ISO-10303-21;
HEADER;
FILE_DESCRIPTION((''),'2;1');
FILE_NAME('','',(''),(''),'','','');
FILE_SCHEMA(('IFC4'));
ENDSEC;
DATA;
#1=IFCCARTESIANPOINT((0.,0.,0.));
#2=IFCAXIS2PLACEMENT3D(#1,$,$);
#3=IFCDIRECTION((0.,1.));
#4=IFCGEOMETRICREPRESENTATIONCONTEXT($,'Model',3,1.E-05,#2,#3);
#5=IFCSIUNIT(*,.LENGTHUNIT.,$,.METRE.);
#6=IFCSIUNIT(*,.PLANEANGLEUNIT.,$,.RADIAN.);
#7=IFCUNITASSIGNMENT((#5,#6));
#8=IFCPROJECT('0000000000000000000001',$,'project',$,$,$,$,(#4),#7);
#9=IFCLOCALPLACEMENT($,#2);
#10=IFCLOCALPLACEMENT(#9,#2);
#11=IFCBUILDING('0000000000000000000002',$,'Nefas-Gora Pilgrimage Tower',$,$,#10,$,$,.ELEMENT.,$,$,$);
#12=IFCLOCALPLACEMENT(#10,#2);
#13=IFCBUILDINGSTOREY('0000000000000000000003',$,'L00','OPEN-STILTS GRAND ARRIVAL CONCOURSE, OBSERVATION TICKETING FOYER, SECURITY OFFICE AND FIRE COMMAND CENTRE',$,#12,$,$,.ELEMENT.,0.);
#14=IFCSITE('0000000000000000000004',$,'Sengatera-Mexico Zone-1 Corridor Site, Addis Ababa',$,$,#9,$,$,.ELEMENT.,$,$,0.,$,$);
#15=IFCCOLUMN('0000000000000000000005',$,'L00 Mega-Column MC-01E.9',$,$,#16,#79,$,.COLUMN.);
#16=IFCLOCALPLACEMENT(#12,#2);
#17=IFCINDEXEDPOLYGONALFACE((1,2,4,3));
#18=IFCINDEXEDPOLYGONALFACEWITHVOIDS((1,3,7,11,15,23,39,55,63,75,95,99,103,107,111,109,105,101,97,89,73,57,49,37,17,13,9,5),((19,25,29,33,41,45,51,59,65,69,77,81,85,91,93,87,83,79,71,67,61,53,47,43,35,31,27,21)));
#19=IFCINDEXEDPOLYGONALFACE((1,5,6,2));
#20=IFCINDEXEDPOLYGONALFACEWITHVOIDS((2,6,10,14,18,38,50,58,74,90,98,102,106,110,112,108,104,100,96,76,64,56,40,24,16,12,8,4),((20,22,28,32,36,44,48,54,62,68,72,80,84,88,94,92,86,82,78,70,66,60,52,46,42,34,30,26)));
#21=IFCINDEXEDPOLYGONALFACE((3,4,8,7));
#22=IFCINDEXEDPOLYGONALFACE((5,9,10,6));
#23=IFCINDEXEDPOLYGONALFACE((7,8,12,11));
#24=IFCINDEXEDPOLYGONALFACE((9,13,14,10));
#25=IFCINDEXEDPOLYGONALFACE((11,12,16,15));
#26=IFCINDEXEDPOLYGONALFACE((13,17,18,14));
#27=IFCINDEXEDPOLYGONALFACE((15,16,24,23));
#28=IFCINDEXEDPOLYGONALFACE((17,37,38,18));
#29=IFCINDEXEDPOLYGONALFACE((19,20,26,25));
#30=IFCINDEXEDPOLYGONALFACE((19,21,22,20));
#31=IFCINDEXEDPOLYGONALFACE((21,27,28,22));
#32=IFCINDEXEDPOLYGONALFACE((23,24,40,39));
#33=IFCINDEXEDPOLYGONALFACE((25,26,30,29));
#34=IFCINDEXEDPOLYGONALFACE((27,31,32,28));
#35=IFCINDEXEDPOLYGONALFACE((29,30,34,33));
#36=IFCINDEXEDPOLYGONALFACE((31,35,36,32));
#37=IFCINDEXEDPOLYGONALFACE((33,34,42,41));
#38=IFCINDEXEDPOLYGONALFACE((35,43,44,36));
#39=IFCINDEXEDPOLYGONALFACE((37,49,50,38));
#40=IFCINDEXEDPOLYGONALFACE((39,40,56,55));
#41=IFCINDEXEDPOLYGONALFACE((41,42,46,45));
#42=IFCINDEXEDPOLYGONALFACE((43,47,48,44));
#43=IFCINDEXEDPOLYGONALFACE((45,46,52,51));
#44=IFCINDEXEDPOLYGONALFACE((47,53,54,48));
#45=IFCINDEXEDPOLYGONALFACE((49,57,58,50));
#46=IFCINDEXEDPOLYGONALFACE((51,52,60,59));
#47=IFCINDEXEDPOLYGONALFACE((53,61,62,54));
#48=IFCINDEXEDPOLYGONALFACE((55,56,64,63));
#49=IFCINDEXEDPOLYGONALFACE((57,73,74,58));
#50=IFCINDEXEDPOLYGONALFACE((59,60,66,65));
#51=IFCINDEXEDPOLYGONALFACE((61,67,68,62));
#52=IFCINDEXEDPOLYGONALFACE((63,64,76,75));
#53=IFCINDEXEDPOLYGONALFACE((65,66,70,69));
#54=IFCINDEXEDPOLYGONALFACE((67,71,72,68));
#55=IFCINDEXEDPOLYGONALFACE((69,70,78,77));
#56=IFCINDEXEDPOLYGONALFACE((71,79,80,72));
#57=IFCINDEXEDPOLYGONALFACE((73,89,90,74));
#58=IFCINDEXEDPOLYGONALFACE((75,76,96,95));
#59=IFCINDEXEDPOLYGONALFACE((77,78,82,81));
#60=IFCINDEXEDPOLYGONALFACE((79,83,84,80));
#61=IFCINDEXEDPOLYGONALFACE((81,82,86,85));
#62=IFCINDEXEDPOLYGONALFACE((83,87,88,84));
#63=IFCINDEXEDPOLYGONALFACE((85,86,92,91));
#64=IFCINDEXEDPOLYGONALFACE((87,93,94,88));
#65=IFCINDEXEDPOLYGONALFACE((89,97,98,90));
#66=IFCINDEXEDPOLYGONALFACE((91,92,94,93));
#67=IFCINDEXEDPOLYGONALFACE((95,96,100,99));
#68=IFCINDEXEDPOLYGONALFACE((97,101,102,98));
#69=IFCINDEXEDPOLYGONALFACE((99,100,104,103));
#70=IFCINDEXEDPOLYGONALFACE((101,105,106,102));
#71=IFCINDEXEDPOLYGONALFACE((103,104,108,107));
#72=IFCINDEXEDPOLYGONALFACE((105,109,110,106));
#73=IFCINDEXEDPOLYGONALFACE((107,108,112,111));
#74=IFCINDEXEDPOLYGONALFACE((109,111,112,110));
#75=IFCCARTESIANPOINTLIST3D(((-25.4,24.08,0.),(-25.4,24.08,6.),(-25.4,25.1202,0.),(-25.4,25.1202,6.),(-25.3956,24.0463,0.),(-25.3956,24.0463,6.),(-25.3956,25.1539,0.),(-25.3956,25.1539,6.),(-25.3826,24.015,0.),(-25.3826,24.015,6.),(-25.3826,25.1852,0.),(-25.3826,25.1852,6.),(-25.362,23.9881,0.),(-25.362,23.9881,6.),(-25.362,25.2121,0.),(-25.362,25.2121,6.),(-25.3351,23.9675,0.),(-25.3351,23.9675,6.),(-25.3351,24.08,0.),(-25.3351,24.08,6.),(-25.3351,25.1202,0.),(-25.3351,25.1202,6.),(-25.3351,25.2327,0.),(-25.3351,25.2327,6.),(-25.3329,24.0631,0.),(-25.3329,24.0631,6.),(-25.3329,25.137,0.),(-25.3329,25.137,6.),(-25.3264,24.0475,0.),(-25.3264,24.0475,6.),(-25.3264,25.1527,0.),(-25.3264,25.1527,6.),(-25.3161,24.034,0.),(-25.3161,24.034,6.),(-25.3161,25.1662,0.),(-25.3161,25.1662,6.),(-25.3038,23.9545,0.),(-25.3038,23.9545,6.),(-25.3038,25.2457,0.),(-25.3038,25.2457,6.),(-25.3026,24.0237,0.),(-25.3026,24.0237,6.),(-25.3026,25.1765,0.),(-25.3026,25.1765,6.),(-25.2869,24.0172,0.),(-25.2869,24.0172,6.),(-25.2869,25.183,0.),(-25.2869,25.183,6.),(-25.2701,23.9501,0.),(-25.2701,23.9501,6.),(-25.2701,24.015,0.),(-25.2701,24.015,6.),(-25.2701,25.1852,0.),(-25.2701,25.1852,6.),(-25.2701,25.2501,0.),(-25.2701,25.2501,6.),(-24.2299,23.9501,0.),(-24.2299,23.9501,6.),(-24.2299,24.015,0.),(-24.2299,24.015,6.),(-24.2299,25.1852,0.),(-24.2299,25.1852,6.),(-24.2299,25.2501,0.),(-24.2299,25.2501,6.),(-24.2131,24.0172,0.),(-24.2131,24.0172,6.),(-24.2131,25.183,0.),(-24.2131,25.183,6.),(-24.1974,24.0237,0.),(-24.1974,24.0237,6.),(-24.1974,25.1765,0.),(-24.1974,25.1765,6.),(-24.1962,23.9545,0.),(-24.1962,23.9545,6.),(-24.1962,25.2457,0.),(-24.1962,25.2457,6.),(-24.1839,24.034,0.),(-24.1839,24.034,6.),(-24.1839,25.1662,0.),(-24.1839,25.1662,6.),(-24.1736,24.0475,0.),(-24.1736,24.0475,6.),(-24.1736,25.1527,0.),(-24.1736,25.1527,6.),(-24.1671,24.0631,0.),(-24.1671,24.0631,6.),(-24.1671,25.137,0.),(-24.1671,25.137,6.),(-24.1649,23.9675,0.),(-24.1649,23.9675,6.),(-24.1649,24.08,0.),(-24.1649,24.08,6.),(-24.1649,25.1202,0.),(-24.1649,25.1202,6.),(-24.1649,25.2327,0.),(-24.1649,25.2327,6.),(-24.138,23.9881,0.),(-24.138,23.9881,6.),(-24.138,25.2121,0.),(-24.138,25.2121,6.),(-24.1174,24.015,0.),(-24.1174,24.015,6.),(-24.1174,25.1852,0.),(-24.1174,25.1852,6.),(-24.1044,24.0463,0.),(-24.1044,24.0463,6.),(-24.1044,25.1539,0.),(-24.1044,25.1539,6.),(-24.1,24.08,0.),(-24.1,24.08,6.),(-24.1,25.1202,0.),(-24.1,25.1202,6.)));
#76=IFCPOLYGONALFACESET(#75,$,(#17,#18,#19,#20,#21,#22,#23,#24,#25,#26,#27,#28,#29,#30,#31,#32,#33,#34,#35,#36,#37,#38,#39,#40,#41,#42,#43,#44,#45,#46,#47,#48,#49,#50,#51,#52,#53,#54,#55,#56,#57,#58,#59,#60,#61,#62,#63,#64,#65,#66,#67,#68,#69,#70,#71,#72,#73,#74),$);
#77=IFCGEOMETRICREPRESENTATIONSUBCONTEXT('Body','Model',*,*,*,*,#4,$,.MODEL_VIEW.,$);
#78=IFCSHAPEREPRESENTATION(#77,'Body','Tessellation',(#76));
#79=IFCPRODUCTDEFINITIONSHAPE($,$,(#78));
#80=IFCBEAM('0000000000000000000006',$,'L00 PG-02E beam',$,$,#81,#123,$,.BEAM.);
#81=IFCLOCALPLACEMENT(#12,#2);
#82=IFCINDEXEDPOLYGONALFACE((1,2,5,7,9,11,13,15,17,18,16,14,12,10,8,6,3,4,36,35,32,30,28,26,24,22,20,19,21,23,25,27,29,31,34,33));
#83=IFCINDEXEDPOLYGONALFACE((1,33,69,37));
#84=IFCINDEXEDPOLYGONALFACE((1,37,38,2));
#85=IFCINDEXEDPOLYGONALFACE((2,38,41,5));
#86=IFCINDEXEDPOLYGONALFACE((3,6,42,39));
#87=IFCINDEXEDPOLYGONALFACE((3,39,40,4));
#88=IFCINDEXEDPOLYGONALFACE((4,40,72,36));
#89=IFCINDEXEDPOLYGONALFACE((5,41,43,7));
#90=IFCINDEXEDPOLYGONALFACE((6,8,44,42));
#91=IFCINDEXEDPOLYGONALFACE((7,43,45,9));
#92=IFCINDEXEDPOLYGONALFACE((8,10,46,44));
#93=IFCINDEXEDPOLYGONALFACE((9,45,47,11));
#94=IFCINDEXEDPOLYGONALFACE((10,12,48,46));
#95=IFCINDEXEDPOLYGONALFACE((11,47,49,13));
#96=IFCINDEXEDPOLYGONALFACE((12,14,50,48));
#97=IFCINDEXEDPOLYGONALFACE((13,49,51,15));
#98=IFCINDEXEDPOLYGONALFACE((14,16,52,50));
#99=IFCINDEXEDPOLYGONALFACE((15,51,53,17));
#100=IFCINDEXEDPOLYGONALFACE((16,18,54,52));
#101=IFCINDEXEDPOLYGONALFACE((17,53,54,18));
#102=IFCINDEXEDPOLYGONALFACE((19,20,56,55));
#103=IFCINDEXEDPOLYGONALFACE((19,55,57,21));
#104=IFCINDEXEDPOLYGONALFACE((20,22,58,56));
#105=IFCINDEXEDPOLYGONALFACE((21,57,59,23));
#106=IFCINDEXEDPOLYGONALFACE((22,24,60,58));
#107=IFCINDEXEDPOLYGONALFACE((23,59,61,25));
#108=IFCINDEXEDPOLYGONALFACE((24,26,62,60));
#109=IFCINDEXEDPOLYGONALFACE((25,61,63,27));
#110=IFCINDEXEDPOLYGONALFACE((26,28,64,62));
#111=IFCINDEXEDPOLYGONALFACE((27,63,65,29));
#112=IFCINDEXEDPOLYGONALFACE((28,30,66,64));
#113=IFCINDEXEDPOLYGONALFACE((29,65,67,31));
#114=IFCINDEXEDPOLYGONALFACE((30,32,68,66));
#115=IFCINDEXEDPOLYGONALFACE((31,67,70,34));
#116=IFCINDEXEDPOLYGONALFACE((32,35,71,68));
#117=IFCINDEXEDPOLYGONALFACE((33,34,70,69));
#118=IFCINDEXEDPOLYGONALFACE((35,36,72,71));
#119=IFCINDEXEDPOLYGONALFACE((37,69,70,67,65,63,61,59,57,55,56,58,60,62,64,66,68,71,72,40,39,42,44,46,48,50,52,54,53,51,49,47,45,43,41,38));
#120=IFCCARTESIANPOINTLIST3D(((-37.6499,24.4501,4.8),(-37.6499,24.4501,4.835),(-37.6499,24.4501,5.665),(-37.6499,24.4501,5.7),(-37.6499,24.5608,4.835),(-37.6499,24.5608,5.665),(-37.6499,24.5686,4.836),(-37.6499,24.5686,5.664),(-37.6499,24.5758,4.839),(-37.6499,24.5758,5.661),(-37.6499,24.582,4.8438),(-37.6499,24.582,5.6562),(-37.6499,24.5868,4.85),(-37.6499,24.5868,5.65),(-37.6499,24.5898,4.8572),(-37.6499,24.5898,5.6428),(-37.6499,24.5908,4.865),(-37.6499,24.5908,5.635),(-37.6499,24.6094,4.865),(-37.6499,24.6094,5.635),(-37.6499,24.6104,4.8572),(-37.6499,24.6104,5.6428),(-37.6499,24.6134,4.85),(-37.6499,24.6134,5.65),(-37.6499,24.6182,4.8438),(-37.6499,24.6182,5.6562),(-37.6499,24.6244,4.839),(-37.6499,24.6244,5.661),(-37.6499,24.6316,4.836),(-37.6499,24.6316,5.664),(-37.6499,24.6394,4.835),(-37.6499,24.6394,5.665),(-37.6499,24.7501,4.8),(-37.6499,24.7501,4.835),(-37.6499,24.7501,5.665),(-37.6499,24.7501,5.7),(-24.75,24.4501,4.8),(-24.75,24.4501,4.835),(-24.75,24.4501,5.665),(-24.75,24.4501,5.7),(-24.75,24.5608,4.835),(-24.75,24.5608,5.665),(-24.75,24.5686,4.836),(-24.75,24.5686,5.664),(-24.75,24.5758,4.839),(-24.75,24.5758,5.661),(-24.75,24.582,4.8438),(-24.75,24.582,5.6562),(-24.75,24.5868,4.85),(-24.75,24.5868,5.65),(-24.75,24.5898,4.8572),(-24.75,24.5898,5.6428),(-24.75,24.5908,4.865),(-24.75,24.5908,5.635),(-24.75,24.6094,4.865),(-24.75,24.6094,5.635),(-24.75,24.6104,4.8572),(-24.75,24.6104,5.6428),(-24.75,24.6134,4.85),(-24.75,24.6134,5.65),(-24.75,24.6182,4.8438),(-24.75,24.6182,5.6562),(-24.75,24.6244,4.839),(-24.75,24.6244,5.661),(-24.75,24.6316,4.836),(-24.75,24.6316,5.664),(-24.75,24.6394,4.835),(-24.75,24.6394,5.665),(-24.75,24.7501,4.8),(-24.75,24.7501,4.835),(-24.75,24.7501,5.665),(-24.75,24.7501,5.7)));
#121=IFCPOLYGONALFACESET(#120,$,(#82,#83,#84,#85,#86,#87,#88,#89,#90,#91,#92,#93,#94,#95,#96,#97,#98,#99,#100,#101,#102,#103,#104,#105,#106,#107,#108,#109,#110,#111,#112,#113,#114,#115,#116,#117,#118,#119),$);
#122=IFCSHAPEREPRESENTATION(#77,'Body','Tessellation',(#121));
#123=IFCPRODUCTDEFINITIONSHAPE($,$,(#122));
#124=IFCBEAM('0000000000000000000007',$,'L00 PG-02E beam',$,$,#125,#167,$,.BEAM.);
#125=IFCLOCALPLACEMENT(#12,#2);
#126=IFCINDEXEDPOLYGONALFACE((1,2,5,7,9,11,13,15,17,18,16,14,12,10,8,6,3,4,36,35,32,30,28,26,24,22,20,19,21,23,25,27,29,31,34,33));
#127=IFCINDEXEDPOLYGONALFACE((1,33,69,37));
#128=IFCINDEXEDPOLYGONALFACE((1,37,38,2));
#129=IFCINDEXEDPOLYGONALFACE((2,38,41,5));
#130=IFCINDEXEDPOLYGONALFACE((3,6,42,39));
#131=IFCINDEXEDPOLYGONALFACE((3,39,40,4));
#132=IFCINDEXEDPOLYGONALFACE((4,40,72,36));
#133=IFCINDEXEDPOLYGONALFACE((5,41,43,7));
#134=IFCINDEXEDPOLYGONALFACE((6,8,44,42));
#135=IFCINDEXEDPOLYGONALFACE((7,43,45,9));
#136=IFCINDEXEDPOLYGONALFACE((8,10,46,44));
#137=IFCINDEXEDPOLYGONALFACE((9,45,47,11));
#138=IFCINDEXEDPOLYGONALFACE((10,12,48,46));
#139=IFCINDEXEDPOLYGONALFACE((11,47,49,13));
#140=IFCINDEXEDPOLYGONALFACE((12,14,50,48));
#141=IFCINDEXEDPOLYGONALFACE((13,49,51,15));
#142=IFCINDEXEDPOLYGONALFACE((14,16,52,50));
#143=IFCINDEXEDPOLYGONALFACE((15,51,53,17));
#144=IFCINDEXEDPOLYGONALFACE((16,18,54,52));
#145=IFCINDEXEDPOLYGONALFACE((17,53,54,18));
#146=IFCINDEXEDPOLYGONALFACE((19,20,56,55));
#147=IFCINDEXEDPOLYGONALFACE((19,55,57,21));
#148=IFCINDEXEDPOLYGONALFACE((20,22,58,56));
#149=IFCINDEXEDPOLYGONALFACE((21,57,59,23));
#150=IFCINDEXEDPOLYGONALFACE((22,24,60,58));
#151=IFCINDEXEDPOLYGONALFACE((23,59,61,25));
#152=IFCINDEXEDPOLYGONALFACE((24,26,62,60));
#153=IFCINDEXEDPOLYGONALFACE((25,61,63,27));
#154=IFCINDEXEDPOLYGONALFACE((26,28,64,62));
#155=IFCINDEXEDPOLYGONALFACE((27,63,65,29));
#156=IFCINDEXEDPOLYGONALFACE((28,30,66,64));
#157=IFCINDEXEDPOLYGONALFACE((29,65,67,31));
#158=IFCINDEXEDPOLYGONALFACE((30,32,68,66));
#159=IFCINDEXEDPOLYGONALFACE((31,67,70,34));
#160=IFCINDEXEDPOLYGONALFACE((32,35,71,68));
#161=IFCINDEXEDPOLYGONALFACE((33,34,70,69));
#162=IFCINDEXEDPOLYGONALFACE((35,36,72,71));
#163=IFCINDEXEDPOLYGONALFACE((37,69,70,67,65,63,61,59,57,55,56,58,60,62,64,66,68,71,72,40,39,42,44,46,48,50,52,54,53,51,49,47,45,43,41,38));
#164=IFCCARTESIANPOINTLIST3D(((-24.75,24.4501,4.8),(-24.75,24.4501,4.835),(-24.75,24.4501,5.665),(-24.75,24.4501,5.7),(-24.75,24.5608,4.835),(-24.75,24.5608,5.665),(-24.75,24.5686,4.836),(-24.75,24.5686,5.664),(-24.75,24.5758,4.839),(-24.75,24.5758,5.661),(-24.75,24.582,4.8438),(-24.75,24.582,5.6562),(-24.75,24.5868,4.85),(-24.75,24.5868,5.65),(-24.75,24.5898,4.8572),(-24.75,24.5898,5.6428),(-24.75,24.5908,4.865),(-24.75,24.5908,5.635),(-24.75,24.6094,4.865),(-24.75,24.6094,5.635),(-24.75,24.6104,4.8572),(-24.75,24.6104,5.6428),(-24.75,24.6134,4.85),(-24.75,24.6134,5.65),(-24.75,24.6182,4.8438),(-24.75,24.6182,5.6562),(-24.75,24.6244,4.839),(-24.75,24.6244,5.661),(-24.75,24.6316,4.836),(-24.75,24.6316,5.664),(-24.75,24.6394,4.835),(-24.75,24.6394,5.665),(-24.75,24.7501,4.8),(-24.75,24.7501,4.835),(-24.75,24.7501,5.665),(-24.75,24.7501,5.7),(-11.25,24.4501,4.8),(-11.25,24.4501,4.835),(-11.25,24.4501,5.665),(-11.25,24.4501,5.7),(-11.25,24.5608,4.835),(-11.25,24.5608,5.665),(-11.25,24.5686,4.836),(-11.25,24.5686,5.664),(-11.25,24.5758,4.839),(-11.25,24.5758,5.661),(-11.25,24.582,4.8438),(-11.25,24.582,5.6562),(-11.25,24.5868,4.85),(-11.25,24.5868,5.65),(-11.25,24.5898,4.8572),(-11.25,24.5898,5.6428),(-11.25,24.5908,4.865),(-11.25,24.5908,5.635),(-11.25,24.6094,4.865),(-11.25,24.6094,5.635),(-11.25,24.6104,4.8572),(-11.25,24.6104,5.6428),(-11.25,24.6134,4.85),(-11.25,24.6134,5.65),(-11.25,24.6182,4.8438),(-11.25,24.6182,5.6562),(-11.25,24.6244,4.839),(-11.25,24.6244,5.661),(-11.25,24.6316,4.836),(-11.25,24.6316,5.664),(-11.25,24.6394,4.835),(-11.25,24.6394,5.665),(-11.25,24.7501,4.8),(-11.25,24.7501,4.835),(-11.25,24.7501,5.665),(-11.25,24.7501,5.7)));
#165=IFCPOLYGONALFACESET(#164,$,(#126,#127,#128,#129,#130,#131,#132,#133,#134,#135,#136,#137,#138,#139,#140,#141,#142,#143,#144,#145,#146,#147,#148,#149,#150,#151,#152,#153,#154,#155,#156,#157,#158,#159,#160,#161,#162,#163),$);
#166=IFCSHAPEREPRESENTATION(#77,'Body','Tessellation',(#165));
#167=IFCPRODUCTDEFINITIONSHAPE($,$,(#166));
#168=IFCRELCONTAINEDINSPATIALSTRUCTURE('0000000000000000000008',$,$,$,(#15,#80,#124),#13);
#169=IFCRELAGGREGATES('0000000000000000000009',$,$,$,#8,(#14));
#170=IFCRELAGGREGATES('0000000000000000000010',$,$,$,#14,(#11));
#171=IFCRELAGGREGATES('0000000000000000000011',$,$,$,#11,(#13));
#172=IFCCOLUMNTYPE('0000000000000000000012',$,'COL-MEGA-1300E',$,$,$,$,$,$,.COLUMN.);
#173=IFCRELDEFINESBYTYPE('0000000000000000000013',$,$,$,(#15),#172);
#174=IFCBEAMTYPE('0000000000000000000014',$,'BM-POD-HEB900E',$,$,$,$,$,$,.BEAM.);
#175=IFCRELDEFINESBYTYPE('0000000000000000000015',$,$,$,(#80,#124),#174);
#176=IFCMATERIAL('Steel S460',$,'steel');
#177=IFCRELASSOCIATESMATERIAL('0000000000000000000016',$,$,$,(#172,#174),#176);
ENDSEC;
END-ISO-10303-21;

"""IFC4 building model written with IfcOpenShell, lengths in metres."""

from ifc_helpers import new_model, si_unit, direction, frame, origin, origin_2d, place, context, subcontext, project, spatial, hollow_rectangle, i_section, extrude, source, transform, mapped, material, material_profile, profile_set, type_object, element, save


model = new_model("IFC4")

# Units and contexts
model_context = context("Model", 3, precision=1e-05, world=origin(), true_north=direction((0.0, 1.0)))
body_context = subcontext(model_context, "Body", "Model", "MODEL_VIEW")
ifc_project = project(units=[si_unit("LENGTHUNIT", "METRE"), si_unit("PLANEANGLEUNIT", "RADIAN")], contexts=[model_context])

# Site, building, storey
site_placement = place(None, origin())
site = spatial("IfcSite", under=ifc_project, at=site_placement, Name="Sengatera-Mexico Zone-1 Corridor Site, Addis Ababa", CompositionType="ELEMENT", RefElevation=0.0)
building_placement = place(site_placement, origin())
building = spatial("IfcBuilding", under=site, at=building_placement, Name="Nefas-Gora Pilgrimage Tower", CompositionType="ELEMENT")
storey_placement = place(building_placement, origin())
storey = spatial("IfcBuildingStorey", under=building, at=storey_placement, Name="L00", Description="OPEN-STILTS GRAND ARRIVAL CONCOURSE, OBSERVATION TICKETING FOYER, SECURITY OFFICE AND FIRE COMMAND CENTRE", CompositionType="ELEMENT", Elevation=0.0)

# Column
ifc_material_1 = material(Name="Steel S460", Category="steel")
ifc_material_profile_1 = material_profile(ifc_material_1, hollow_rectangle(XDim=1.3, YDim=1.3, WallThickness=0.0649, InnerFilletRadius=0.0649, OuterFilletRadius=0.1299, at=origin_2d()), Name="BOX 1300x1300x65")
ifc_profile_set_1 = profile_set([ifc_material_profile_1], Name="Steel S460")
column_type = type_object("IfcColumnType", Name="COL-MEGA-1300E", PredefinedType="COLUMN", material=ifc_profile_set_1)
shared_shape_1 = source(origin(), body_context, "Body", "SweptSolid", [
    extrude(hollow_rectangle(XDim=1.3, YDim=1.3, WallThickness=0.0649, InnerFilletRadius=0.0649, OuterFilletRadius=0.1299, at=origin_2d()), origin(), (0.0, 0.0, 1.0), 6.0),
])
for number, where, z_axis, x_axis, name in (
    (1, (-24.75, 24.6001, 0.0), (0.0, 0.0, 1.0), (1.0, 0.0, 0.0), "L00 Mega-Column MC-01E.9"),
):
    element("IfcColumn", number, at=place(storey_placement, frame(where, z_axis=z_axis, x_axis=x_axis)), inside=storey, type_object=column_type, Name=name, PredefinedType="COLUMN", context=body_context, shape_type="MappedRepresentation", body=[
        mapped(shared_shape_1, transform((0.0, 0.0, 0.0), x_axis=(1.0, 0.0, 0.0), y_axis=(0.0, 1.0, 0.0), z_axis=(0.0, 0.0, 1.0), scale=1.0)),
    ])

# Beams
ifc_material_profile_2 = material_profile(ifc_material_1, i_section(OverallWidth=0.3, OverallDepth=0.8999, WebThickness=0.0186, FlangeThickness=0.0349, FilletRadius=0.03, at=origin_2d()), Name="HEB 900")
ifc_profile_set_2 = profile_set([ifc_material_profile_2], Name="Steel S460")
beam_type = type_object("IfcBeamType", Name="BM-POD-HEB900E", PredefinedType="BEAM", material=ifc_profile_set_2)
shared_shape_2 = source(origin(), body_context, "Body", "SweptSolid", [
    extrude(i_section(OverallWidth=0.3, OverallDepth=0.8999, WebThickness=0.0186, FlangeThickness=0.0349, FilletRadius=0.03, at=origin_2d()), origin(), (0.0, 0.0, 1.0), 12.8999),
])
beam_1_placement = place(storey_placement, frame((-37.6499, 24.6001, 5.25), z_axis=(1.0, 0.0, 0.0), x_axis=(0.0, 1.0, 0.0)))
element("IfcBeam", 2, at=beam_1_placement, inside=storey, type_object=beam_type, Name="L00 PG-02E beam", PredefinedType="BEAM", context=body_context, shape_type="MappedRepresentation", body=[
    mapped(shared_shape_2, transform((0.0, 0.0, 0.0), x_axis=(1.0, 0.0, 0.0), y_axis=(0.0, 1.0, 0.0), z_axis=(0.0, 0.0, 1.0), scale=1.0)),
])
shared_shape_3 = source(origin(), body_context, "Body", "SweptSolid", [
    extrude(i_section(OverallWidth=0.3, OverallDepth=0.8999, WebThickness=0.0186, FlangeThickness=0.0349, FilletRadius=0.03, at=origin_2d()), origin(), (0.0, 0.0, 1.0), 13.5),
])
beam_2_placement = place(storey_placement, frame((-24.75, 24.6001, 5.25), z_axis=(1.0, 0.0, 0.0), x_axis=(0.0, 1.0, 0.0)))
element("IfcBeam", 3, at=beam_2_placement, inside=storey, type_object=beam_type, Name="L00 PG-02E beam", PredefinedType="BEAM", context=body_context, shape_type="MappedRepresentation", body=[
    mapped(shared_shape_3, transform((0.0, 0.0, 0.0), x_axis=(1.0, 0.0, 0.0), y_axis=(0.0, 1.0, 0.0), z_axis=(0.0, 0.0, 1.0), scale=1.0)),
])

save(model, "model.ifc")
